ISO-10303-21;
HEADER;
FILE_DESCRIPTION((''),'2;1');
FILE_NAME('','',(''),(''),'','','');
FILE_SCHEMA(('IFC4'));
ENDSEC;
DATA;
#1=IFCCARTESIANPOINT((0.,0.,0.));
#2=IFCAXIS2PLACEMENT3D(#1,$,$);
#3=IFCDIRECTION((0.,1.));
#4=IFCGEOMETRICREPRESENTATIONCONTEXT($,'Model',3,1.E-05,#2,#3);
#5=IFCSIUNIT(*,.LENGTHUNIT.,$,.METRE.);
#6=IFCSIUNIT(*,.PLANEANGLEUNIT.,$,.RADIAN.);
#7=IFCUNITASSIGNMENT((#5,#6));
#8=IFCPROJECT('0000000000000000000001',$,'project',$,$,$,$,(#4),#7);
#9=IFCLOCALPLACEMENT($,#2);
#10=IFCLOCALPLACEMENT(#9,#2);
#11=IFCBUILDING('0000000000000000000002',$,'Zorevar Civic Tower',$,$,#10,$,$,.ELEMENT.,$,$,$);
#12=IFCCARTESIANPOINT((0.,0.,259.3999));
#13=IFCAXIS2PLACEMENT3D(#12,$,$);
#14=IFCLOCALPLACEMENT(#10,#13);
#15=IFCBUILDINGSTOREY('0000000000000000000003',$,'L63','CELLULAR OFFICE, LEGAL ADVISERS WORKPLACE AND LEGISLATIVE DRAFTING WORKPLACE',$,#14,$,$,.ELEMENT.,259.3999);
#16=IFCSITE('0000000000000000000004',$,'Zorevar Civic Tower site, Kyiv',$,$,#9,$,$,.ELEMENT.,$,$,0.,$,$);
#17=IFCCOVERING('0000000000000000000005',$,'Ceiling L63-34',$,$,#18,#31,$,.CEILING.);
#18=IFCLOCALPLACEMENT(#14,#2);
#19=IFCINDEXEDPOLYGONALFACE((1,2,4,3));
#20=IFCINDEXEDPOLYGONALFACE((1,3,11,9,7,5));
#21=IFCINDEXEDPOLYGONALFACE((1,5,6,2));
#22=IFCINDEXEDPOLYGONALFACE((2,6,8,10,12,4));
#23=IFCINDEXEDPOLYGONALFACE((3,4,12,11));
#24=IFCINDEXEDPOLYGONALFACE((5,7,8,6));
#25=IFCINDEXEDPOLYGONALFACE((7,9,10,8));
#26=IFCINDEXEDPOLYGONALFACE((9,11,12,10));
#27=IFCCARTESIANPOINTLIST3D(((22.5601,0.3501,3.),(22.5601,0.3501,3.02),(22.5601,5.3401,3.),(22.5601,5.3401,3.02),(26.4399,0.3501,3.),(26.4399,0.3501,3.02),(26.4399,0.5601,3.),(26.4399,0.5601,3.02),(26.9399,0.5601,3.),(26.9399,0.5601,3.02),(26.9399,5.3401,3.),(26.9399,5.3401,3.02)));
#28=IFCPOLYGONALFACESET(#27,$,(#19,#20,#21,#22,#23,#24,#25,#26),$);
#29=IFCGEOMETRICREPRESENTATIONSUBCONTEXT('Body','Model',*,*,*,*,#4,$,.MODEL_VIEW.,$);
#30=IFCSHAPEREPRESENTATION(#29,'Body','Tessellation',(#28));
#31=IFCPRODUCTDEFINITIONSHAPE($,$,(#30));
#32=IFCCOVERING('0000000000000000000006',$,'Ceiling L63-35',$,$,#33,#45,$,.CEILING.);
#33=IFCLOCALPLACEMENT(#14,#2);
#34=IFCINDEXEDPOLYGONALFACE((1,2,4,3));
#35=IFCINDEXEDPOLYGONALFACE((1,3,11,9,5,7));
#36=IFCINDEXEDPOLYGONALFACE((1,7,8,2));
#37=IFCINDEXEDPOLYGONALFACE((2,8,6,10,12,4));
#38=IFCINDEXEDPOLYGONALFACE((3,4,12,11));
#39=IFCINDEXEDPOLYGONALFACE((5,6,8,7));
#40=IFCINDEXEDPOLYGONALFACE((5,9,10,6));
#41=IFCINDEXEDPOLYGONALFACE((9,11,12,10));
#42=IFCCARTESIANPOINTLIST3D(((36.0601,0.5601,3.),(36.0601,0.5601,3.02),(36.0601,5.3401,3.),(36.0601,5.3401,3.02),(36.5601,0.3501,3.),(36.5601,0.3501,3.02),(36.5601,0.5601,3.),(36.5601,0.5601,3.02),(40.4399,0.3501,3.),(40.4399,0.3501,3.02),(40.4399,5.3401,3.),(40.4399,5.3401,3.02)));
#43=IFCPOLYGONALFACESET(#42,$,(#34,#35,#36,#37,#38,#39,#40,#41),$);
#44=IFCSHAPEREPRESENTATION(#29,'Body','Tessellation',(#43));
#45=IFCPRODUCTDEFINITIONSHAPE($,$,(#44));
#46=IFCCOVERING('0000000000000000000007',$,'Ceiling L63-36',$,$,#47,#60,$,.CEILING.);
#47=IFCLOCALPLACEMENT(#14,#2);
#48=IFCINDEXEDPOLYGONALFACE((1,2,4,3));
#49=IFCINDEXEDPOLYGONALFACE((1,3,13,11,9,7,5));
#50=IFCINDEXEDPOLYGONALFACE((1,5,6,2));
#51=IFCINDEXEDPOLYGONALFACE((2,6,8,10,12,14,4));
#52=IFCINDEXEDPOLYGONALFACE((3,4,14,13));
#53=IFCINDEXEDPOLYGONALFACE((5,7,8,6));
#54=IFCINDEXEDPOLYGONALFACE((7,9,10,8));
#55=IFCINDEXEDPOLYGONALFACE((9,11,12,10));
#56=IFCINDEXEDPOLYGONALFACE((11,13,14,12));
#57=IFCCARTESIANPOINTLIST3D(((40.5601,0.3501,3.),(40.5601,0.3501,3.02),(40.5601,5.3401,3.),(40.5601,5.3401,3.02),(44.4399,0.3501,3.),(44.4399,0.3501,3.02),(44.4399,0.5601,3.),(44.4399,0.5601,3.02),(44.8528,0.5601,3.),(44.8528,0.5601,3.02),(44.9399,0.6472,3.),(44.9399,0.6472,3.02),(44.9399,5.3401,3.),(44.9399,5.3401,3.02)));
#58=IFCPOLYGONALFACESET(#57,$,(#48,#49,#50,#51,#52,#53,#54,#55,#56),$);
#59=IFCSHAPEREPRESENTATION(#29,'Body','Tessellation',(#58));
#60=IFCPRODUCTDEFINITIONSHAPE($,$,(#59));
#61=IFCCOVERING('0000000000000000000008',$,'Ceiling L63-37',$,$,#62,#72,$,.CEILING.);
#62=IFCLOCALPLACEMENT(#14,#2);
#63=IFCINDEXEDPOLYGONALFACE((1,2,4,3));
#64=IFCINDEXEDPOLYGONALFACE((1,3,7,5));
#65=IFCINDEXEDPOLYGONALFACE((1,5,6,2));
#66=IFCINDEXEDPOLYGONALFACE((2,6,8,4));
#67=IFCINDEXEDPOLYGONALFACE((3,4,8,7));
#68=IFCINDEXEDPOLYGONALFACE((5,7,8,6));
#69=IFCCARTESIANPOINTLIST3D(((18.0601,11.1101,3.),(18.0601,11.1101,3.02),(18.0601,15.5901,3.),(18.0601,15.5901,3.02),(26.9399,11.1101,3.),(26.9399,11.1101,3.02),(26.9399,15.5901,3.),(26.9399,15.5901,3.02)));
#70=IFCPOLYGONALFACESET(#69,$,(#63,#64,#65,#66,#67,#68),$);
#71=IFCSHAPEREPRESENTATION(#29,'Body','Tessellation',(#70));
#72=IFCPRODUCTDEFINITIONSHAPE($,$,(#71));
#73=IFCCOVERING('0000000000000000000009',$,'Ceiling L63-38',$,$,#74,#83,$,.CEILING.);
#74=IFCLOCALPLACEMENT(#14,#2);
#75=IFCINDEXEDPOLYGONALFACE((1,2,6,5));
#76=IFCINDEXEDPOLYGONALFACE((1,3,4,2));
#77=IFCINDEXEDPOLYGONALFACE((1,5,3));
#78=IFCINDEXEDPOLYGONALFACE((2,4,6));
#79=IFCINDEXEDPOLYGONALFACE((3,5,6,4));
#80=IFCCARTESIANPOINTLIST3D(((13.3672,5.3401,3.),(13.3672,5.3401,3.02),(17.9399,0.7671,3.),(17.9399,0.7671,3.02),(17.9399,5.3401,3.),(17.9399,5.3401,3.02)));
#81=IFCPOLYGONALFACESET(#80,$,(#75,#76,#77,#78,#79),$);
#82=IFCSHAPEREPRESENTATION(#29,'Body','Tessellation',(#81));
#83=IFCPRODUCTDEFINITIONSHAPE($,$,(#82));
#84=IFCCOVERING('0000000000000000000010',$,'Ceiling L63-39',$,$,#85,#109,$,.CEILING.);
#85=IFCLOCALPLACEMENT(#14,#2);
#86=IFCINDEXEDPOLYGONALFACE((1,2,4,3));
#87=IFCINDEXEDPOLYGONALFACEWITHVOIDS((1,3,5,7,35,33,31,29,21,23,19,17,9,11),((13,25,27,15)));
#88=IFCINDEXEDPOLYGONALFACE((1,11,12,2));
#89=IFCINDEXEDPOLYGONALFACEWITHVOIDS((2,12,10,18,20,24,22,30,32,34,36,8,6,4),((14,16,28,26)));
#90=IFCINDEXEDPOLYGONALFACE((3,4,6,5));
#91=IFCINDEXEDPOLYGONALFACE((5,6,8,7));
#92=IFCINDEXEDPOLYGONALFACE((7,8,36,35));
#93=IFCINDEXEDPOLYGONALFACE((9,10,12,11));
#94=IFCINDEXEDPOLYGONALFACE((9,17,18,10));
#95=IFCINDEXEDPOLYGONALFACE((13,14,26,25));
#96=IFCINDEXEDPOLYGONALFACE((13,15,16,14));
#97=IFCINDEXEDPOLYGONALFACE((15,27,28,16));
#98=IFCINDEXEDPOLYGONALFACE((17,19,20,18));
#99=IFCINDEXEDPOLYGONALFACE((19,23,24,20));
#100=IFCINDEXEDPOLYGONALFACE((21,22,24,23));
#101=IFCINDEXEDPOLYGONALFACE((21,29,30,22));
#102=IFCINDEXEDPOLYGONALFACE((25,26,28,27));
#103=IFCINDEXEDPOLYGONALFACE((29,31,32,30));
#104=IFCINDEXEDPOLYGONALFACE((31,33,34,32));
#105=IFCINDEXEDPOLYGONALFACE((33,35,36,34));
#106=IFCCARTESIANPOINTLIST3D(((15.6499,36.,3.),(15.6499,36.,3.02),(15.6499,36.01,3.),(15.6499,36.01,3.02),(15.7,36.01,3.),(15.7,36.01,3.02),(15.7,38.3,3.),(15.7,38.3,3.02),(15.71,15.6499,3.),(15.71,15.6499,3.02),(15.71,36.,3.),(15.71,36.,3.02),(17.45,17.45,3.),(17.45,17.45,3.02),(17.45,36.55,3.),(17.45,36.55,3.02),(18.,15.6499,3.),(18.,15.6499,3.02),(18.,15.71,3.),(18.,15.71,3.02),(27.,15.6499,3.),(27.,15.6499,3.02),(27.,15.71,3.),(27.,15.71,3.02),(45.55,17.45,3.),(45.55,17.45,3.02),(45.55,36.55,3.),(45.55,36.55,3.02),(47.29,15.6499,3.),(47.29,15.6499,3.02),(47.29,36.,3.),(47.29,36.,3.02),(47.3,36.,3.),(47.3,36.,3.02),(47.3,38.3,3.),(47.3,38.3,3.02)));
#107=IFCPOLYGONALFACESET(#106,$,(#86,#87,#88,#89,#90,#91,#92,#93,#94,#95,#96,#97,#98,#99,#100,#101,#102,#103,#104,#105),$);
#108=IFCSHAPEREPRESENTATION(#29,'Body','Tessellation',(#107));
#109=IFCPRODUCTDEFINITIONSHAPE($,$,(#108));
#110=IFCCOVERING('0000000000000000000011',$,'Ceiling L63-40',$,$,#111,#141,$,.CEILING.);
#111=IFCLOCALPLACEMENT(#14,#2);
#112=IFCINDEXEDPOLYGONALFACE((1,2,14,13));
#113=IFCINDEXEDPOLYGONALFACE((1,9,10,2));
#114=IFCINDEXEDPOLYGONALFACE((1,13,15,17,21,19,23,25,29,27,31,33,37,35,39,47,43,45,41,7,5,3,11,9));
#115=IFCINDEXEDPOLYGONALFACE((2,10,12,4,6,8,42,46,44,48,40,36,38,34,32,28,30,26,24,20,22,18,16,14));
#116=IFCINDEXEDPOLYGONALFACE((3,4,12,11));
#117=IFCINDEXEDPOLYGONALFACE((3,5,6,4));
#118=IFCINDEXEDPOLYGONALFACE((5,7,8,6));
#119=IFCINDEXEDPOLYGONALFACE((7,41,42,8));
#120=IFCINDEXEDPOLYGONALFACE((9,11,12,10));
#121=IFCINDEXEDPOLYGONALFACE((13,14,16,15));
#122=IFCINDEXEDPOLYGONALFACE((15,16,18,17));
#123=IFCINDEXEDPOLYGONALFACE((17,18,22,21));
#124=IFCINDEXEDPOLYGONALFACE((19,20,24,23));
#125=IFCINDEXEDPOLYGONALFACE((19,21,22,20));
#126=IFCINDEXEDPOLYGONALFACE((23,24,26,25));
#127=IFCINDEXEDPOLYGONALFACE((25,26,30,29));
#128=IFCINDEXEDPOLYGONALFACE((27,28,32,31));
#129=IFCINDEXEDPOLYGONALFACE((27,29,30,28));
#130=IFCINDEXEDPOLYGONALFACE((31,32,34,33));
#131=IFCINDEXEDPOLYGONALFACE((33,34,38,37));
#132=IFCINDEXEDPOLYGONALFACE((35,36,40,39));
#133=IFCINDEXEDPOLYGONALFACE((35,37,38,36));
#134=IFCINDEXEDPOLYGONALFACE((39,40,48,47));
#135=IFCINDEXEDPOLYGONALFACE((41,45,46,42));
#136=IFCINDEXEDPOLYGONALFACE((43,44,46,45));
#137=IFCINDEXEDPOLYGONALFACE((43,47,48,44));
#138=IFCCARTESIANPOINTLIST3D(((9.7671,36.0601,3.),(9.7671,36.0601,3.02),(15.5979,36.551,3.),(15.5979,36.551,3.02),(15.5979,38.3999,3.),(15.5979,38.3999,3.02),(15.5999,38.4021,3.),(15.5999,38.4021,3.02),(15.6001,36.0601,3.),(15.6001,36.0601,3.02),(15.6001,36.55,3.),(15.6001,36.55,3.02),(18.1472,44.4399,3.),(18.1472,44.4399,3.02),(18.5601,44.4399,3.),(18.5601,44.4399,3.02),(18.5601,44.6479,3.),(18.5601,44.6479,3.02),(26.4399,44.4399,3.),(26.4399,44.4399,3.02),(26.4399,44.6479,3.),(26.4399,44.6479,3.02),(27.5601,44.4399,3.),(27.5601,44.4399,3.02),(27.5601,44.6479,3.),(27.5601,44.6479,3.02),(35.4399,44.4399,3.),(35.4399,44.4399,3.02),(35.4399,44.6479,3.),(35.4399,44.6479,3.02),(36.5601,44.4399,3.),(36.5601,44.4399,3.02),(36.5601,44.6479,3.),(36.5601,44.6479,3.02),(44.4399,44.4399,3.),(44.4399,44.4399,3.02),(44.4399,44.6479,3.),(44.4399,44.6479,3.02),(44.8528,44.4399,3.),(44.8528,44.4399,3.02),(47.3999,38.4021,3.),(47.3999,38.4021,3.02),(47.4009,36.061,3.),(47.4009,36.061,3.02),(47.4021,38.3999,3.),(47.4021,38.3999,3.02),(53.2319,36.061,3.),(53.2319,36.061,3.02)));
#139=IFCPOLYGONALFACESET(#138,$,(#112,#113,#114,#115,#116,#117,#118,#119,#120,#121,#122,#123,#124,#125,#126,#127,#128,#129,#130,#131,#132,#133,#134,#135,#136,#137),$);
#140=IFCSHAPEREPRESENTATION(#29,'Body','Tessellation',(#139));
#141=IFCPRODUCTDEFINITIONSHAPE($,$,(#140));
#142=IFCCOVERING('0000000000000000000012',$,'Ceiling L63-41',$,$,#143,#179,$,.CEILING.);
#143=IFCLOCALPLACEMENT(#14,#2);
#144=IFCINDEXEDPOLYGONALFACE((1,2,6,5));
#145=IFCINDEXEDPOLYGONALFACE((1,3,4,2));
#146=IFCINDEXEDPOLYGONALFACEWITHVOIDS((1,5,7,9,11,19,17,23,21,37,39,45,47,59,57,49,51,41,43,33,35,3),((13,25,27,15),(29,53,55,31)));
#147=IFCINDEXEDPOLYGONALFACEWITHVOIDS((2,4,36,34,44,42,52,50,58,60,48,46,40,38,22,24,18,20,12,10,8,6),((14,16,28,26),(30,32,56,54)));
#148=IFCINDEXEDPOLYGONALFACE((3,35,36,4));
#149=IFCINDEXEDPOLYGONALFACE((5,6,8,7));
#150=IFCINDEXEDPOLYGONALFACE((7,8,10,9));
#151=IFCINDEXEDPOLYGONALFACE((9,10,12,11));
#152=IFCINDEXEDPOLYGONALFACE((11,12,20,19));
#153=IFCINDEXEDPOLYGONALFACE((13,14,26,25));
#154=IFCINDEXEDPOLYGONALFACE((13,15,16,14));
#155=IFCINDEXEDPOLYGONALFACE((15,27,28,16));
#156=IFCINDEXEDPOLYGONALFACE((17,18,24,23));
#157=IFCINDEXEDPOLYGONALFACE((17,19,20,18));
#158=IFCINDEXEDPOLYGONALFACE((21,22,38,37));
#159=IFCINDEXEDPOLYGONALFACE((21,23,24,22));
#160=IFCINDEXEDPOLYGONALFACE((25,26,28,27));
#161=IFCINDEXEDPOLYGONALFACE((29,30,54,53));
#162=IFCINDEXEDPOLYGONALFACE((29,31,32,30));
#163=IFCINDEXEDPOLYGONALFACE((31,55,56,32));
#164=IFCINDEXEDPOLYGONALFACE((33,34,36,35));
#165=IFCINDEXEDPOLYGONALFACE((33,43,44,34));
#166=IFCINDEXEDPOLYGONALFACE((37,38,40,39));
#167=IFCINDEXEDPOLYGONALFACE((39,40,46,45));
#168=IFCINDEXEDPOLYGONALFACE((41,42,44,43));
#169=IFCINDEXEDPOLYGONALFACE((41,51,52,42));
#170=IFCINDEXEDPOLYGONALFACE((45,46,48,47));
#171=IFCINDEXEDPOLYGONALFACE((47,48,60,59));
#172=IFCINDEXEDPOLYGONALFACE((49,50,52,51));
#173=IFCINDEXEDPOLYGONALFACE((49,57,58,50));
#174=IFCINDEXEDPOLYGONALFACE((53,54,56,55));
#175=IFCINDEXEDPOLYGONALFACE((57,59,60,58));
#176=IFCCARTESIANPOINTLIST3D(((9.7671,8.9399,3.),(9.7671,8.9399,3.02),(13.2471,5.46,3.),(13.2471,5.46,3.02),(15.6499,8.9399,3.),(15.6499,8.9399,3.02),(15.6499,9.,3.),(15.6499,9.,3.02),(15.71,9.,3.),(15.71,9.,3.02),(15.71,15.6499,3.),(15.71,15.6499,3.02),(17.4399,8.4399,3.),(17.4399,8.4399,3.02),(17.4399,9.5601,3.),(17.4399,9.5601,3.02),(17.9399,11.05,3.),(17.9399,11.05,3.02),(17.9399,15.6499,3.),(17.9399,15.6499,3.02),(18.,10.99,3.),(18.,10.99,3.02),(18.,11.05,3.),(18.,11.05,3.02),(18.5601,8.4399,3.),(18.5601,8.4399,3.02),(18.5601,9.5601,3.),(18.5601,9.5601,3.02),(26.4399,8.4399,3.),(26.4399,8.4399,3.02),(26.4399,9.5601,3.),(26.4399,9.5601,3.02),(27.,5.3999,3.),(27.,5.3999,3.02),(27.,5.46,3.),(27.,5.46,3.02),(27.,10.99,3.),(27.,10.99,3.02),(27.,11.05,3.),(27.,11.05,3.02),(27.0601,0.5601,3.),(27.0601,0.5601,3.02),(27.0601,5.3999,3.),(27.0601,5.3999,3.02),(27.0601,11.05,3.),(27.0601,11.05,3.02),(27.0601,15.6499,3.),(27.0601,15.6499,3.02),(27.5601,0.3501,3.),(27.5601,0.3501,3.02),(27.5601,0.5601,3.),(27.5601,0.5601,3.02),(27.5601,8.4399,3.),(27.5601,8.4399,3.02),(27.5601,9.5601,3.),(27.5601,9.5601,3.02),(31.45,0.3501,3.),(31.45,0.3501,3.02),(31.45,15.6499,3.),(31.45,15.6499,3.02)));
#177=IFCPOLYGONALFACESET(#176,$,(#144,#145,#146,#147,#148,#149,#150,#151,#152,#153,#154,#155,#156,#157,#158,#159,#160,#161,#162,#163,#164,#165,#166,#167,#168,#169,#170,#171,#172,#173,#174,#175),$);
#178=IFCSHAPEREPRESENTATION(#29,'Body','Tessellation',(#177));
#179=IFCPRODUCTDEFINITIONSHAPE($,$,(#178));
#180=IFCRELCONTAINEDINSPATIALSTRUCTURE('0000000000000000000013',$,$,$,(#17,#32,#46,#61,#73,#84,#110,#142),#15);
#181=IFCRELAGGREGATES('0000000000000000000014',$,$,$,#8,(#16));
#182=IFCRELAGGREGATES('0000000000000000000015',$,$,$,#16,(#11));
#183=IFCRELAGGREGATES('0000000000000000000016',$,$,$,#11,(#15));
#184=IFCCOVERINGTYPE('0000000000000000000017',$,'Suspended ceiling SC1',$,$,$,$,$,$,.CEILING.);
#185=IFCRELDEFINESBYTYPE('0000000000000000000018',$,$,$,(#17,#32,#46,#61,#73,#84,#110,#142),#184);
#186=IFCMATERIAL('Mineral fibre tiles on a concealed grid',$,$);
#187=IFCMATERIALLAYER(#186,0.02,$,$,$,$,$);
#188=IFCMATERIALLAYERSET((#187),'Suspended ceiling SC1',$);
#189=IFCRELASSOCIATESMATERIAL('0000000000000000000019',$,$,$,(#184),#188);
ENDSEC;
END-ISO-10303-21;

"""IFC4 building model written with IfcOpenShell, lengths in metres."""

from ifc_helpers import new_model, si_unit, direction, frame, origin, place, context, subcontext, project, spatial, polyline, outline, extrude, material, layer, layer_set, type_object, element, save


model = new_model("IFC4")

# Units and contexts
model_context = context("Model", 3, precision=1e-05, world=origin(), true_north=direction((0.0, 1.0)))
body_context = subcontext(model_context, "Body", "Model", "MODEL_VIEW")
ifc_project = project(units=[si_unit("LENGTHUNIT", "METRE"), si_unit("PLANEANGLEUNIT", "RADIAN")], contexts=[model_context])

# Site, building, storey
site_placement = place(None, origin())
site = spatial("IfcSite", under=ifc_project, at=site_placement, Name="Zorevar Civic Tower site, Kyiv", CompositionType="ELEMENT", RefElevation=0.0)
building_placement = place(site_placement, origin())
building = spatial("IfcBuilding", under=site, at=building_placement, Name="Zorevar Civic Tower", CompositionType="ELEMENT")
storey_placement = place(building_placement, frame((0.0, 0.0, 259.3999)))
storey = spatial("IfcBuildingStorey", under=building, at=storey_placement, Name="L63", Description="CELLULAR OFFICE, LEGAL ADVISERS WORKPLACE AND LEGISLATIVE DRAFTING WORKPLACE", CompositionType="ELEMENT", Elevation=259.3999)

# Coverings
ifc_material_1 = material(Name="Mineral fibre tiles on a concealed grid")
ifc_layer_1 = layer(ifc_material_1, 0.02)
ifc_layer_set_1 = layer_set([ifc_layer_1], Name="Suspended ceiling SC1")
covering_type_1 = type_object("IfcCoveringType", Name="Suspended ceiling SC1", PredefinedType="CEILING", material=ifc_layer_set_1)
covering_1_placement = place(storey_placement, frame((0.0, 0.0, 3.0)))
element("IfcCovering", 1, at=covering_1_placement, inside=storey, type_object=covering_type_1, Name="Ceiling L63-34", PredefinedType="CEILING", context=body_context, shape_type="SweptSolid", body=[
    extrude(outline(polyline([(26.9399, 5.3401), (26.9399, 0.5601), (26.4399, 0.5601), (26.4399, 0.3501), (22.5601, 0.3501), (22.5601, 5.3401), (26.9399, 5.3401)])), origin(), (0.0, 0.0, 1.0), 0.02),
])
covering_2_placement = place(storey_placement, frame((0.0, 0.0, 3.0)))
element("IfcCovering", 2, at=covering_2_placement, inside=storey, type_object=covering_type_1, Name="Ceiling L63-35", PredefinedType="CEILING", context=body_context, shape_type="SweptSolid", body=[
    extrude(outline(polyline([(40.4399, 5.3401), (40.4399, 0.3501), (36.5601, 0.3501), (36.5601, 0.5601), (36.0601, 0.5601), (36.0601, 5.3401), (40.4399, 5.3401)])), origin(), (0.0, 0.0, 1.0), 0.02),
])
covering_3_placement = place(storey_placement, frame((0.0, 0.0, 3.0)))
element("IfcCovering", 3, at=covering_3_placement, inside=storey, type_object=covering_type_1, Name="Ceiling L63-36", PredefinedType="CEILING", context=body_context, shape_type="SweptSolid", body=[
    extrude(outline(polyline([(44.9399, 0.6472), (44.8528, 0.5601), (44.4399, 0.5601), (44.4399, 0.3501), (40.5601, 0.3501), (40.5601, 5.3401), (44.9399, 5.3401), (44.9399, 0.6472)])), origin(), (0.0, 0.0, 1.0), 0.02),
])
covering_4_placement = place(storey_placement, frame((0.0, 0.0, 3.0)))
element("IfcCovering", 4, at=covering_4_placement, inside=storey, type_object=covering_type_1, Name="Ceiling L63-37", PredefinedType="CEILING", context=body_context, shape_type="SweptSolid", body=[
    extrude(outline(polyline([(26.9399, 11.1101), (18.0601, 11.1101), (18.0601, 15.5901), (26.9399, 15.5901), (26.9399, 11.1101)])), origin(), (0.0, 0.0, 1.0), 0.02),
])
covering_5_placement = place(storey_placement, frame((0.0, 0.0, 3.0)))
element("IfcCovering", 5, at=covering_5_placement, inside=storey, type_object=covering_type_1, Name="Ceiling L63-38", PredefinedType="CEILING", context=body_context, shape_type="SweptSolid", body=[
    extrude(outline(polyline([(17.9399, 5.3401), (17.9399, 0.7671), (13.3672, 5.3401), (17.9399, 5.3401)])), origin(), (0.0, 0.0, 1.0), 0.02),
])
covering_6_placement = place(storey_placement, frame((0.0, 0.0, 3.0)))
element("IfcCovering", 6, at=covering_6_placement, inside=storey, type_object=covering_type_1, Name="Ceiling L63-39", PredefinedType="CEILING", context=body_context, shape_type="SweptSolid", body=[
    extrude(outline(polyline([(47.29, 15.6499), (27.0, 15.6499), (27.0, 15.71), (18.0, 15.71), (18.0, 15.6499), (15.71, 15.6499), (15.71, 36.0), (15.6499, 36.0), (15.6499, 36.01), (15.7, 36.01), (15.7, 38.3), (47.3, 38.3), (47.3, 36.0), (47.29, 36.0), (47.29, 15.6499)]), holes=[polyline([(45.55, 36.55), (17.45, 36.55), (17.45, 17.45), (45.55, 17.45), (45.55, 36.55)])]), origin(), (0.0, 0.0, 1.0), 0.02),
])
covering_7_placement = place(storey_placement, frame((0.0, 0.0, 3.0)))
element("IfcCovering", 7, at=covering_7_placement, inside=storey, type_object=covering_type_1, Name="Ceiling L63-40", PredefinedType="CEILING", context=body_context, shape_type="SweptSolid", body=[
    extrude(outline(polyline([(18.5601, 44.4399), (18.5601, 44.6479), (26.4399, 44.6479), (26.4399, 44.4399), (27.5601, 44.4399), (27.5601, 44.6479), (35.4399, 44.6479), (35.4399, 44.4399), (36.5601, 44.4399), (36.5601, 44.6479), (44.4399, 44.6479), (44.4399, 44.4399), (44.8528, 44.4399), (53.2319, 36.061), (47.4009, 36.061), (47.4021, 38.3999), (47.3999, 38.4021), (15.5999, 38.4021), (15.5979, 38.3999), (15.5979, 36.551), (15.6001, 36.55), (15.6001, 36.0601), (9.7671, 36.0601), (18.1472, 44.4399), (18.5601, 44.4399)])), origin(), (0.0, 0.0, 1.0), 0.02),
])
covering_8_placement = place(storey_placement, frame((0.0, 0.0, 3.0)))
element("IfcCovering", 8, at=covering_8_placement, inside=storey, type_object=covering_type_1, Name="Ceiling L63-41", PredefinedType="CEILING", context=body_context, shape_type="SweptSolid", body=[
    extrude(outline(polyline([(15.6499, 8.9399), (15.6499, 9.0), (15.71, 9.0), (15.71, 15.6499), (17.9399, 15.6499), (17.9399, 11.05), (18.0, 11.05), (18.0, 10.99), (27.0, 10.99), (27.0, 11.05), (27.0601, 11.05), (27.0601, 15.6499), (31.45, 15.6499), (31.45, 0.3501), (27.5601, 0.3501), (27.5601, 0.5601), (27.0601, 0.5601), (27.0601, 5.3999), (27.0, 5.3999), (27.0, 5.46), (13.2471, 5.46), (9.7671, 8.9399), (15.6499, 8.9399)]), holes=[polyline([(18.5601, 8.4399), (18.5601, 9.5601), (17.4399, 9.5601), (17.4399, 8.4399), (18.5601, 8.4399)]), polyline([(26.4399, 9.5601), (26.4399, 8.4399), (27.5601, 8.4399), (27.5601, 9.5601), (26.4399, 9.5601)])]), origin(), (0.0, 0.0, 1.0), 0.02),
])

save(model, "model.ifc")
